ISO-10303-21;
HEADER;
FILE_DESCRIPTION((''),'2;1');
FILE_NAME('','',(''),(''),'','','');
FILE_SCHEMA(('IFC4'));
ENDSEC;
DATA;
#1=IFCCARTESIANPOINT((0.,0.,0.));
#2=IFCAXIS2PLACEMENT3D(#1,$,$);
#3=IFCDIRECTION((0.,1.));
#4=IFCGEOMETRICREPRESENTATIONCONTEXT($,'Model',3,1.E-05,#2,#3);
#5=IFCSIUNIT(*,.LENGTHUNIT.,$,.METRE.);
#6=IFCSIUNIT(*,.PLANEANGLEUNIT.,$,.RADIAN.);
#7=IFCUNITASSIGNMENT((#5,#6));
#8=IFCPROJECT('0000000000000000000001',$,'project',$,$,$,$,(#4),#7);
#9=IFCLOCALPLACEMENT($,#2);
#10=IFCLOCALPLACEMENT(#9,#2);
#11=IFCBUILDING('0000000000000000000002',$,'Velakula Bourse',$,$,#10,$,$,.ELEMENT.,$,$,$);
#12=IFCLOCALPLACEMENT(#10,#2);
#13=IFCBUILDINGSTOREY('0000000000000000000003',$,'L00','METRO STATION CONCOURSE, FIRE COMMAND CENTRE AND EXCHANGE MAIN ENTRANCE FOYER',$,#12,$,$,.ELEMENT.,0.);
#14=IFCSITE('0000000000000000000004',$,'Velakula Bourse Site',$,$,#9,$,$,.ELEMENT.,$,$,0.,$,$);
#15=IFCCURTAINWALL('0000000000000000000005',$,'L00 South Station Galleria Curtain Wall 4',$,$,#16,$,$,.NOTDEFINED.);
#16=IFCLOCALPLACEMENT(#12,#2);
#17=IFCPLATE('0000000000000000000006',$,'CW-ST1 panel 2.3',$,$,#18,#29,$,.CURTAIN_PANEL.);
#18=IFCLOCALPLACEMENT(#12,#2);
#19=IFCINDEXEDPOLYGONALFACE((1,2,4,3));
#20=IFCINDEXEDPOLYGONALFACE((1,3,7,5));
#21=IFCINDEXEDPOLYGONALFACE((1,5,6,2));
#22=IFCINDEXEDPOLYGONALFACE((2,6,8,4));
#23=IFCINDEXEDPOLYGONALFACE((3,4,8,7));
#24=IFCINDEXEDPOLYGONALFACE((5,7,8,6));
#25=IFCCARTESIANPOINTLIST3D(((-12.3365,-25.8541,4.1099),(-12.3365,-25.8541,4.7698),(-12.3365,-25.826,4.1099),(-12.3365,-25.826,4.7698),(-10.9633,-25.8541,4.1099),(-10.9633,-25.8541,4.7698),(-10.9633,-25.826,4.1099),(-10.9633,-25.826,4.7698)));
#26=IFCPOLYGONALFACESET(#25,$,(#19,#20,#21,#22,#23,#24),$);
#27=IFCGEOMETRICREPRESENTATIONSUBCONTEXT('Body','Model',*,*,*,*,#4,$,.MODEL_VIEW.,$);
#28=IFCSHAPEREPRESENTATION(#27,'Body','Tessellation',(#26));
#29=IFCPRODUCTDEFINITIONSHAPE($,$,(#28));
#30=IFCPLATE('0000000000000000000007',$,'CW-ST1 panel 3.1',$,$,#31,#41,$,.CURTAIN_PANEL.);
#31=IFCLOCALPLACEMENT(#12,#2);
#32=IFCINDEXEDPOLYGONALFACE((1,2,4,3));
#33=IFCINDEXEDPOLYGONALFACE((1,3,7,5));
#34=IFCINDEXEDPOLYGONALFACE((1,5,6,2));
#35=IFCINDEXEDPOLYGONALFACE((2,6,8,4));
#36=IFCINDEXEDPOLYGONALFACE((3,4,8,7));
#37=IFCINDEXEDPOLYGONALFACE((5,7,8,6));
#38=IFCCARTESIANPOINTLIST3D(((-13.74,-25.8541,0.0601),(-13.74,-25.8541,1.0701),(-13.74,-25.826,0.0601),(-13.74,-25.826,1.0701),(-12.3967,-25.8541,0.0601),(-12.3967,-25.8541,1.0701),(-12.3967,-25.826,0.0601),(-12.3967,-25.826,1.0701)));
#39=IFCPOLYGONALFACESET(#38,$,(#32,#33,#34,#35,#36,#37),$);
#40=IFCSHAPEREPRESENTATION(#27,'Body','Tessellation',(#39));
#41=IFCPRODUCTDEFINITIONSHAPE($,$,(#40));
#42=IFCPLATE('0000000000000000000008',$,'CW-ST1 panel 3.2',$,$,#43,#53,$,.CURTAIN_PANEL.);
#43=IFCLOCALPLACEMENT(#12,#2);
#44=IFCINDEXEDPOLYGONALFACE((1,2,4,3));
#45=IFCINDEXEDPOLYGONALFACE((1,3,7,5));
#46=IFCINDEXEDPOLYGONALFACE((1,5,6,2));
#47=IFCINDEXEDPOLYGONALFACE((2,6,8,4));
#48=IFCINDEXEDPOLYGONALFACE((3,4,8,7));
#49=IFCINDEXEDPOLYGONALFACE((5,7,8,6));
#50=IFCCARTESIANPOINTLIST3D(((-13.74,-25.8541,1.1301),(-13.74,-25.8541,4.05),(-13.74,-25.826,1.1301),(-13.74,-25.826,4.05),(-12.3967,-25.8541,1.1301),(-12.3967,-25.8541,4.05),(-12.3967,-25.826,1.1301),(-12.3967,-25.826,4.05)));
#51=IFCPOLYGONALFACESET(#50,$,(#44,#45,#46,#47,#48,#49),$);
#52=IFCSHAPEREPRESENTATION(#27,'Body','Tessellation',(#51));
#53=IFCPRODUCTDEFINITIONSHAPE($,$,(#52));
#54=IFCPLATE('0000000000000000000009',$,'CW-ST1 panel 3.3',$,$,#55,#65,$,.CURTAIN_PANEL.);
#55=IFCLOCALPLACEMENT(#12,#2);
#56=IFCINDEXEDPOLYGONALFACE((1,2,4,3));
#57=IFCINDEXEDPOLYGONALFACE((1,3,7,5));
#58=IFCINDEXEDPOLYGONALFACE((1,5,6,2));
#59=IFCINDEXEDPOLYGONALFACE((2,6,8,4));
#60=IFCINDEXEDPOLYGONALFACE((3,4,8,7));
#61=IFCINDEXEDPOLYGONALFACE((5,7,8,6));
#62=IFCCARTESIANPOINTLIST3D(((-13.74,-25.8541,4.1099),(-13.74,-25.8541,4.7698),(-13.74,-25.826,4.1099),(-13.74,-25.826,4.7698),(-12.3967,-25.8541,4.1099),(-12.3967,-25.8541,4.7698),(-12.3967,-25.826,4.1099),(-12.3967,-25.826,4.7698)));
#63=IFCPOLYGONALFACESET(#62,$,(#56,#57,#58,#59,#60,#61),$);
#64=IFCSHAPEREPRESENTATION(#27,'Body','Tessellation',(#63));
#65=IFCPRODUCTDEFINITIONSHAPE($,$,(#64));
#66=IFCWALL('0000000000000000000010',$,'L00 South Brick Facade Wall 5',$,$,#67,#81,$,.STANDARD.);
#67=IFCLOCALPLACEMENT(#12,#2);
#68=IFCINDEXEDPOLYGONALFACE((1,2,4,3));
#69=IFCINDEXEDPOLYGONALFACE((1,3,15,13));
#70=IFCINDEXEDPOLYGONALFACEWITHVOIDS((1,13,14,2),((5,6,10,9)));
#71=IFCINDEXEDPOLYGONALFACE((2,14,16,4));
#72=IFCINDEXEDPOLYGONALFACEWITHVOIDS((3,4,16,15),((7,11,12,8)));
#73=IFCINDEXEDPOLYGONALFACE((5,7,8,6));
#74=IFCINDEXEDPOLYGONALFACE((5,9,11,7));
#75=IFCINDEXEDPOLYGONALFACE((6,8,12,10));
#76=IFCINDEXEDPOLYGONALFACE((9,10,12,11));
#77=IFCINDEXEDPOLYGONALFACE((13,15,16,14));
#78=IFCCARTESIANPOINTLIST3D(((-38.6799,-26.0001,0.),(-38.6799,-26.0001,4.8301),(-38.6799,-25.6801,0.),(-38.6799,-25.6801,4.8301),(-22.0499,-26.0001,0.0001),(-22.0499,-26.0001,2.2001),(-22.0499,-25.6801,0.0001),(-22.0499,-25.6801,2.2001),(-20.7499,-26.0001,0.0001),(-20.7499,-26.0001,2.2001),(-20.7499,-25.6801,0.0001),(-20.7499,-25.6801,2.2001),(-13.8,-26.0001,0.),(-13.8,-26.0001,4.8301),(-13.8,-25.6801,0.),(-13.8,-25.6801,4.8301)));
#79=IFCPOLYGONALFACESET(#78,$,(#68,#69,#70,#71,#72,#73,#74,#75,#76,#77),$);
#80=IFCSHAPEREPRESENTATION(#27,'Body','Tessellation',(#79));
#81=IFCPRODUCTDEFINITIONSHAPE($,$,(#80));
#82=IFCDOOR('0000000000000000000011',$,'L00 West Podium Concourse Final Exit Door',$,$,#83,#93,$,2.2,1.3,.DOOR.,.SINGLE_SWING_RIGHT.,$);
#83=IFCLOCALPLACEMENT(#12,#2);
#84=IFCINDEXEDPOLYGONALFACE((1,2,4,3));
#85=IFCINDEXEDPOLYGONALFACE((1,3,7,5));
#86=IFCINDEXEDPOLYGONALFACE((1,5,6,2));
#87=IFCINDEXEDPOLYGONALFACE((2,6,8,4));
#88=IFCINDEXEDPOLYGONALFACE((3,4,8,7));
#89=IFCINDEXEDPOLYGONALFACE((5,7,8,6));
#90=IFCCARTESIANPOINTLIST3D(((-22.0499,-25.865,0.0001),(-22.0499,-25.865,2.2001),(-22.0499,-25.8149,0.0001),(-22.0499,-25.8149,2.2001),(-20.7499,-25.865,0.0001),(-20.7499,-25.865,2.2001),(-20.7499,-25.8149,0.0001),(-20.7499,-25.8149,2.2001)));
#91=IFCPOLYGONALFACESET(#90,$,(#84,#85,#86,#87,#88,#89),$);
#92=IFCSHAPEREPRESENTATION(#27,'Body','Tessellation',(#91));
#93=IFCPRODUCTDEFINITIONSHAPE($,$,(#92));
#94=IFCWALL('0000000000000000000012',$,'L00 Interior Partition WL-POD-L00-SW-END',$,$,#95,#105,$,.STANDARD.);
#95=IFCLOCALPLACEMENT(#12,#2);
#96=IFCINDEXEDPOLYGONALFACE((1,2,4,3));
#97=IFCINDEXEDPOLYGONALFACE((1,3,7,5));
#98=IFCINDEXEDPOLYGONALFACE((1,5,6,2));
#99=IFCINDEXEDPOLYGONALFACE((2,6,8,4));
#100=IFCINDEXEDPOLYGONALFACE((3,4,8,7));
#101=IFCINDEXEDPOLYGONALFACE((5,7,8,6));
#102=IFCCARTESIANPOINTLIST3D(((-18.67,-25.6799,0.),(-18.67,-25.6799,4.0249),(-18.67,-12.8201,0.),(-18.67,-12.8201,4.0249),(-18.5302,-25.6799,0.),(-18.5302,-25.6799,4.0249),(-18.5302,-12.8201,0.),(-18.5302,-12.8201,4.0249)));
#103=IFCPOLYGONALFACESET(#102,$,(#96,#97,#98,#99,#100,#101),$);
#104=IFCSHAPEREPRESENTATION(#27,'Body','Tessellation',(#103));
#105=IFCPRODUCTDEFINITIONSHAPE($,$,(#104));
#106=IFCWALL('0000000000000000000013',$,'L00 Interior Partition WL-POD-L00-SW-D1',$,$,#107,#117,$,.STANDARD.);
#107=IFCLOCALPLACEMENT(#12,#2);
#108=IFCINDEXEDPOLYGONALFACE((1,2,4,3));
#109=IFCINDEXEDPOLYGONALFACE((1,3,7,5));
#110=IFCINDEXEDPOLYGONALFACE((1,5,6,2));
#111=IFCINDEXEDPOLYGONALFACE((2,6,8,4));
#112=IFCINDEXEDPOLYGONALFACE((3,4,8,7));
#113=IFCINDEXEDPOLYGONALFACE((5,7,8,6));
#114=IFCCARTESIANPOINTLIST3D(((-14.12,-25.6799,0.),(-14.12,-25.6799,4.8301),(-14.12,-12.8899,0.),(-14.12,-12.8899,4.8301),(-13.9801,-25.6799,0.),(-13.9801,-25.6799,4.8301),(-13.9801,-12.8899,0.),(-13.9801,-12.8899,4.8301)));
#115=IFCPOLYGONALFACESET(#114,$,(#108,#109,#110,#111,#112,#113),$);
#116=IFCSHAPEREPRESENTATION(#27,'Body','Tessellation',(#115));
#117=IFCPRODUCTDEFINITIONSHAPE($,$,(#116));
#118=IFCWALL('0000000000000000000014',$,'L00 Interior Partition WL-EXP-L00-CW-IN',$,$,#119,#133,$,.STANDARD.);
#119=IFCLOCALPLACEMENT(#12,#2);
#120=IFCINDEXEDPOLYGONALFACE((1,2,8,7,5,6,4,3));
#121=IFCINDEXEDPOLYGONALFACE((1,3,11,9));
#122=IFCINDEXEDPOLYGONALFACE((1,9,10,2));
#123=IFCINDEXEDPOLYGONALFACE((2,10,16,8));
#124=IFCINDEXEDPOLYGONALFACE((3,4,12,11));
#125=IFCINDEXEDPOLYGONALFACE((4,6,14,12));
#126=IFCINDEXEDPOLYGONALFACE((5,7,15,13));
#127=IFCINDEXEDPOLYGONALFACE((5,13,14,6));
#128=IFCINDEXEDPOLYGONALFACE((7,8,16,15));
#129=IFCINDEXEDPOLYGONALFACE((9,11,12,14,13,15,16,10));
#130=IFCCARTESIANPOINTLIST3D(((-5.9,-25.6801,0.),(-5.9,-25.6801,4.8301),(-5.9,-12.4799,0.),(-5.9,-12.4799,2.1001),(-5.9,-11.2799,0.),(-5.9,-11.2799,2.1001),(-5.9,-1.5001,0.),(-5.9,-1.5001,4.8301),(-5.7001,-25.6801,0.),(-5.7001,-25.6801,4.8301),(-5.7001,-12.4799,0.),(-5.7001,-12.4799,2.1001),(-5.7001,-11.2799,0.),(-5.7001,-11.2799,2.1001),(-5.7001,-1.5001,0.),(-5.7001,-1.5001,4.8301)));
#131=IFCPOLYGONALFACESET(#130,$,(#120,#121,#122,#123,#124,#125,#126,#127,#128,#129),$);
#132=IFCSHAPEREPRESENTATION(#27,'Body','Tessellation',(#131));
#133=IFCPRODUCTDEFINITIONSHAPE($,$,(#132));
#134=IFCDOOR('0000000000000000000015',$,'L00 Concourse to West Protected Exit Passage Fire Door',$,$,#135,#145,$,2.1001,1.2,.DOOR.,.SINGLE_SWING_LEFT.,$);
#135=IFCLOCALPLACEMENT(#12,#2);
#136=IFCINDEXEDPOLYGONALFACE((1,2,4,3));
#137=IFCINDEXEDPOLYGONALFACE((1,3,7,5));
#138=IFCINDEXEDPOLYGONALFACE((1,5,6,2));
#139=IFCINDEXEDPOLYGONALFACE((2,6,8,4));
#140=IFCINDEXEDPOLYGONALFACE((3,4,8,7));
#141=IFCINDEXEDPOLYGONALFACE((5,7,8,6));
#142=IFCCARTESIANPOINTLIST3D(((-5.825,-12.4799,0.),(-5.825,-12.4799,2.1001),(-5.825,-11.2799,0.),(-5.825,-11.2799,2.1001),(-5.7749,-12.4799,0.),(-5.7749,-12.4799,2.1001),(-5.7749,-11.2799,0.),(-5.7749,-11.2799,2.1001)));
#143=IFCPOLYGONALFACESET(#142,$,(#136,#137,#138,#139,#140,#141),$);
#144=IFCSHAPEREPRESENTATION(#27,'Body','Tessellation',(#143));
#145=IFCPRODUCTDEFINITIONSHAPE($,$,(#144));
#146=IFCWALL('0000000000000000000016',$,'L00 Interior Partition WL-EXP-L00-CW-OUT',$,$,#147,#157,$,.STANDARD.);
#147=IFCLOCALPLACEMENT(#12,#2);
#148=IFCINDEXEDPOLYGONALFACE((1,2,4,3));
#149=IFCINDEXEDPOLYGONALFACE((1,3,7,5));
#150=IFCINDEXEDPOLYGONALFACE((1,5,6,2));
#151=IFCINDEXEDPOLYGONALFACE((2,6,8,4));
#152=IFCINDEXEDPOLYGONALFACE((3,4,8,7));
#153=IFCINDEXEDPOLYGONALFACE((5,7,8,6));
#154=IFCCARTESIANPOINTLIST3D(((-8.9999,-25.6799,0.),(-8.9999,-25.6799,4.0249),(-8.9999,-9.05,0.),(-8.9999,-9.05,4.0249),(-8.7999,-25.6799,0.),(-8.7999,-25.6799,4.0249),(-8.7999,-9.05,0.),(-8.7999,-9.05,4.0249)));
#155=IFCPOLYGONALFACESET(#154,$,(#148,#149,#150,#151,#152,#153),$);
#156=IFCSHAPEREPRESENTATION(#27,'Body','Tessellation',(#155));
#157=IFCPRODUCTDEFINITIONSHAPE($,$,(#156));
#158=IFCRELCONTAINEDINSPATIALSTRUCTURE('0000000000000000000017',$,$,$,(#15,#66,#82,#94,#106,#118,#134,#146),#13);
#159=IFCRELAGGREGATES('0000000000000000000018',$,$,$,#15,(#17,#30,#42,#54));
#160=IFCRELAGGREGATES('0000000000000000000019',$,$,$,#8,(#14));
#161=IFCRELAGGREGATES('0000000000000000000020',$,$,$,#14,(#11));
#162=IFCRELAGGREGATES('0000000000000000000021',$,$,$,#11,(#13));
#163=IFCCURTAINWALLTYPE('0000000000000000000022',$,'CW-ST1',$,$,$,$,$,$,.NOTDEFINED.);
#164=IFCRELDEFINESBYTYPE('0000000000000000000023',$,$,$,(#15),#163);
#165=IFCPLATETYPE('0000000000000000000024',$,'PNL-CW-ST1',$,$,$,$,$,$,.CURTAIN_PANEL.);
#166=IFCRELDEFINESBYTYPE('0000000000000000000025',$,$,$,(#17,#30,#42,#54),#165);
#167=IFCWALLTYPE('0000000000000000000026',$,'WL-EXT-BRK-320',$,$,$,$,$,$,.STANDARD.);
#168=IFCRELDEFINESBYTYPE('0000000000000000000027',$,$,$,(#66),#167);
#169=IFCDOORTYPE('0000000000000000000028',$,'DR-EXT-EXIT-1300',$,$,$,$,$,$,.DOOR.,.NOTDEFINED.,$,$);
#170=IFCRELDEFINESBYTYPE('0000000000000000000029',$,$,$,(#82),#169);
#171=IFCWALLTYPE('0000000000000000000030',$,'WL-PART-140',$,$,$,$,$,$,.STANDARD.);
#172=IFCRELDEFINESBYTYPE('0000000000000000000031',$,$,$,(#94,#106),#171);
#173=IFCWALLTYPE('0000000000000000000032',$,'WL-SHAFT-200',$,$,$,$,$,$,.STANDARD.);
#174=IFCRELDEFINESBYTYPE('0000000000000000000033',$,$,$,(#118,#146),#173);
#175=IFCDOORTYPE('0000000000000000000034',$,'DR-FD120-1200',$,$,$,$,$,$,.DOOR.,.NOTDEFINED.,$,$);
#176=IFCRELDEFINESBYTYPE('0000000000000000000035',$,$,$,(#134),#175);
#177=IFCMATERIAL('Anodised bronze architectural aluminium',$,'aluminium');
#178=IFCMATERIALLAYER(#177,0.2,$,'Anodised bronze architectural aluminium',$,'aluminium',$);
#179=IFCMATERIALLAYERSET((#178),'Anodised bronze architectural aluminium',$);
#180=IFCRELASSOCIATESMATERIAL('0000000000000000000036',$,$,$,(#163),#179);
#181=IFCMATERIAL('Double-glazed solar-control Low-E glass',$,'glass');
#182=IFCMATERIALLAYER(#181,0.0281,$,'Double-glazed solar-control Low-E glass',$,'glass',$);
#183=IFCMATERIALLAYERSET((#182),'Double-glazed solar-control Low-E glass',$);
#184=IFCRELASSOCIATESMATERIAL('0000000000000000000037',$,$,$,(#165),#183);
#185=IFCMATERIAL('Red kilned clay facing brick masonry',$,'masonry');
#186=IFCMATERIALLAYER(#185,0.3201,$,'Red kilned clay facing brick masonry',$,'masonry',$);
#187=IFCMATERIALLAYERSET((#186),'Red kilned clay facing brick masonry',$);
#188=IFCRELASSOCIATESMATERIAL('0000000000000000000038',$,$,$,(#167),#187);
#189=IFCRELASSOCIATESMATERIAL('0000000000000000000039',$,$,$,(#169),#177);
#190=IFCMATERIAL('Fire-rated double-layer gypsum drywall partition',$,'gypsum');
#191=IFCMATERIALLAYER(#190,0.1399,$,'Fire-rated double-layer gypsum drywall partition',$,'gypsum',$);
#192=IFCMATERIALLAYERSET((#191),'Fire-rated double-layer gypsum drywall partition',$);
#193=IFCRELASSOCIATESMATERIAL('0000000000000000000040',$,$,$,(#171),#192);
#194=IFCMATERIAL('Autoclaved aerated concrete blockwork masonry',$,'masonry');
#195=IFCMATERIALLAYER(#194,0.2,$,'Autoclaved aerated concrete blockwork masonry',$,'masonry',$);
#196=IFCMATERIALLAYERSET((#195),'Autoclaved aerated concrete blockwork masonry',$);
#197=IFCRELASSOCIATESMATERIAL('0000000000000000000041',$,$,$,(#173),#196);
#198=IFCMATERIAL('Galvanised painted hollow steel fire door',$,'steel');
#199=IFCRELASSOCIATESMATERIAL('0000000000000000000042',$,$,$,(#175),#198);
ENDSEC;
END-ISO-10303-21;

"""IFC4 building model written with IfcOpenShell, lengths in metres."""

from ifc_helpers import new_model, si_unit, direction, frame, frame_2d, origin, origin_2d, place, context, subcontext, project, spatial, rectangle, extrude, material, layer, layer_set, type_object, element, fill, aggregate, save


model = new_model("IFC4")

# Units and contexts
model_context = context("Model", 3, precision=1e-05, world=origin(), true_north=direction((0.0, 1.0)))
body_context = subcontext(model_context, "Body", "Model", "MODEL_VIEW")
ifc_project = project(units=[si_unit("LENGTHUNIT", "METRE"), si_unit("PLANEANGLEUNIT", "RADIAN")], contexts=[model_context])

# Site, building, storey
site_placement = place(None, origin())
site = spatial("IfcSite", under=ifc_project, at=site_placement, Name="Velakula Bourse Site", CompositionType="ELEMENT", RefElevation=0.0)
building_placement = place(site_placement, origin())
building = spatial("IfcBuilding", under=site, at=building_placement, Name="Velakula Bourse", CompositionType="ELEMENT")
storey_placement = place(building_placement, origin())
storey = spatial("IfcBuildingStorey", under=building, at=storey_placement, Name="L00", Description="METRO STATION CONCOURSE, FIRE COMMAND CENTRE AND EXCHANGE MAIN ENTRANCE FOYER", CompositionType="ELEMENT", Elevation=0.0)

# Curtain wall, plates
ifc_material_1 = material(Name="Anodised bronze architectural aluminium", Category="aluminium")
ifc_layer_1 = layer(ifc_material_1, 0.2, Name="Anodised bronze architectural aluminium", Category="aluminium")
ifc_layer_set_1 = layer_set([ifc_layer_1], Name="Anodised bronze architectural aluminium")
curtain_wall_type = type_object("IfcCurtainWallType", Name="CW-ST1", PredefinedType="NOTDEFINED", material=ifc_layer_set_1)
curtain_wall_placement = place(storey_placement, origin())
curtain_wall = element("IfcCurtainWall", 1, at=curtain_wall_placement, inside=storey, type_object=curtain_wall_type, Name="L00 South Station Galleria Curtain Wall 4", PredefinedType="NOTDEFINED")
ifc_material_2 = material(Name="Double-glazed solar-control Low-E glass", Category="glass")
ifc_layer_2 = layer(ifc_material_2, 0.0281, Name="Double-glazed solar-control Low-E glass", Category="glass")
ifc_layer_set_2 = layer_set([ifc_layer_2], Name="Double-glazed solar-control Low-E glass")
plate_type = type_object("IfcPlateType", Name="PNL-CW-ST1", PredefinedType="CURTAIN_PANEL", material=ifc_layer_set_2)
plate_1_placement = place(storey_placement, frame((-11.6499, -25.8401, 4.1099), z_axis=(0.0, 0.0, 1.0), x_axis=(-1.0, 0.0, 0.0)))
plate_1 = element("IfcPlate", 2, at=plate_1_placement, type_object=plate_type, Name="CW-ST1 panel 2.3", PredefinedType="CURTAIN_PANEL", context=body_context, shape_type="SweptSolid", body=[
    extrude(rectangle(XDim=1.3733, YDim=0.0281, at=origin_2d()), origin(), (0.0, 0.0, 1.0), 0.6599),
])
plate_2_placement = place(storey_placement, frame((-13.0684, -25.8401, 0.0601), z_axis=(0.0, 0.0, 1.0), x_axis=(-1.0, 0.0, 0.0)))
plate_2 = element("IfcPlate", 3, at=plate_2_placement, type_object=plate_type, Name="CW-ST1 panel 3.1", PredefinedType="CURTAIN_PANEL", context=body_context, shape_type="SweptSolid", body=[
    extrude(rectangle(XDim=1.3433, YDim=0.0281, at=origin_2d()), origin(), (0.0, 0.0, 1.0), 1.01),
])
plate_3_placement = place(storey_placement, frame((-13.0684, -25.8401, 1.1301), z_axis=(0.0, 0.0, 1.0), x_axis=(-1.0, 0.0, 0.0)))
plate_3 = element("IfcPlate", 4, at=plate_3_placement, type_object=plate_type, Name="CW-ST1 panel 3.2", PredefinedType="CURTAIN_PANEL", context=body_context, shape_type="SweptSolid", body=[
    extrude(rectangle(XDim=1.3433, YDim=0.0281, at=origin_2d()), origin(), (0.0, 0.0, 1.0), 2.9199),
])
plate_4_placement = place(storey_placement, frame((-13.0684, -25.8401, 4.1099), z_axis=(0.0, 0.0, 1.0), x_axis=(-1.0, 0.0, 0.0)))
plate_4 = element("IfcPlate", 5, at=plate_4_placement, type_object=plate_type, Name="CW-ST1 panel 3.3", PredefinedType="CURTAIN_PANEL", context=body_context, shape_type="SweptSolid", body=[
    extrude(rectangle(XDim=1.3433, YDim=0.0281, at=origin_2d()), origin(), (0.0, 0.0, 1.0), 0.6599),
])
aggregate(curtain_wall, [plate_1, plate_2, plate_3, plate_4])

# Wall, opening, door
ifc_material_3 = material(Name="Red kilned clay facing brick masonry", Category="masonry")
ifc_layer_3 = layer(ifc_material_3, 0.3201, Name="Red kilned clay facing brick masonry", Category="masonry")
ifc_layer_set_3 = layer_set([ifc_layer_3], Name="Red kilned clay facing brick masonry")
wall_type_1 = type_object("IfcWallType", Name="WL-EXT-BRK-320", PredefinedType="STANDARD", material=ifc_layer_set_3)
wall_1_placement = place(storey_placement, frame((-13.8, -25.8401, 0.0), z_axis=(0.0, 0.0, 1.0), x_axis=(-1.0, 0.0, 0.0)))
wall_1 = element("IfcWall", 6, at=wall_1_placement, inside=storey, type_object=wall_type_1, Name="L00 South Brick Facade Wall 5", PredefinedType="STANDARD", context=body_context, shape_type="SweptSolid", body=[
    extrude(rectangle(XDim=24.8799, YDim=0.3201, at=frame_2d((12.4399, 0.0))), origin(), (0.0, 0.0, 1.0), 4.8301),
])
opening_1_placement = place(wall_1_placement, frame((6.95, 0.0, 0.0)))
opening_1 = element("IfcOpeningElement", 7, at=opening_1_placement, cuts=wall_1, PredefinedType="OPENING", context=body_context, shape_type="SweptSolid", body=[
    extrude(rectangle(XDim=1.3, YDim=2.2, at=frame_2d((0.6499, 1.1001))), frame((0.0, 0.1699, 0.0), z_axis=(0.0, -1.0, 0.0), x_axis=(1.0, 0.0, 0.0)), (0.0, 0.0, 1.0), 0.3401),
])
door_type_1 = type_object("IfcDoorType", Name="DR-EXT-EXIT-1300", OperationType="NOTDEFINED", PredefinedType="DOOR", material=ifc_material_1)
door_1_placement = place(opening_1_placement, origin())
door_1 = element("IfcDoor", 8, at=door_1_placement, inside=storey, type_object=door_type_1, Name="L00 West Podium Concourse Final Exit Door", OperationType="SINGLE_SWING_RIGHT", OverallHeight=2.2, OverallWidth=1.3, PredefinedType="DOOR", context=body_context, shape_type="SweptSolid", body=[
    extrude(rectangle(XDim=1.3, YDim=2.2, at=frame_2d((0.6499, 1.1001))), frame((0.0, 0.0249, 0.0), z_axis=(0.0, -1.0, 0.0), x_axis=(1.0, 0.0, 0.0)), (0.0, 0.0, 1.0), 0.05),
])
fill(opening_1, door_1)

# Walls
ifc_material_4 = material(Name="Fire-rated double-layer gypsum drywall partition", Category="gypsum")
ifc_layer_4 = layer(ifc_material_4, 0.1399, Name="Fire-rated double-layer gypsum drywall partition", Category="gypsum")
ifc_layer_set_4 = layer_set([ifc_layer_4], Name="Fire-rated double-layer gypsum drywall partition")
wall_type_2 = type_object("IfcWallType", Name="WL-PART-140", PredefinedType="STANDARD", material=ifc_layer_set_4)
wall_2_placement = place(storey_placement, frame((-18.6001, -25.6799, 0.0), z_axis=(0.0, 0.0, 1.0), x_axis=(0.0, 1.0, 0.0)))
element("IfcWall", 9, at=wall_2_placement, inside=storey, type_object=wall_type_2, Name="L00 Interior Partition WL-POD-L00-SW-END", PredefinedType="STANDARD", context=body_context, shape_type="SweptSolid", body=[
    extrude(rectangle(XDim=12.8599, YDim=0.1399, at=frame_2d((6.4299, 0.0))), origin(), (0.0, 0.0, 1.0), 4.0249),
])
wall_3_placement = place(storey_placement, frame((-14.05, -25.6799, 0.0), z_axis=(0.0, 0.0, 1.0), x_axis=(0.0, 1.0, 0.0)))
element("IfcWall", 10, at=wall_3_placement, inside=storey, type_object=wall_type_2, Name="L00 Interior Partition WL-POD-L00-SW-D1", PredefinedType="STANDARD", context=body_context, shape_type="SweptSolid", body=[
    extrude(rectangle(XDim=12.79, YDim=0.1399, at=frame_2d((6.395, 0.0))), origin(), (0.0, 0.0, 1.0), 4.8301),
])

# Wall, opening, door
ifc_material_5 = material(Name="Autoclaved aerated concrete blockwork masonry", Category="masonry")
ifc_layer_5 = layer(ifc_material_5, 0.2, Name="Autoclaved aerated concrete blockwork masonry", Category="masonry")
ifc_layer_set_5 = layer_set([ifc_layer_5], Name="Autoclaved aerated concrete blockwork masonry")
wall_type_3 = type_object("IfcWallType", Name="WL-SHAFT-200", PredefinedType="STANDARD", material=ifc_layer_set_5)
wall_4_placement = place(storey_placement, frame((-5.8, -25.6799, 0.0), z_axis=(0.0, 0.0, 1.0), x_axis=(0.0, 1.0, 0.0)))
wall_4 = element("IfcWall", 11, at=wall_4_placement, inside=storey, type_object=wall_type_3, Name="L00 Interior Partition WL-EXP-L00-CW-IN", PredefinedType="STANDARD", context=body_context, shape_type="SweptSolid", body=[
    extrude(rectangle(XDim=24.1799, YDim=0.2, at=frame_2d((12.0898, 0.0))), origin(), (0.0, 0.0, 1.0), 4.8301),
])
opening_2_placement = place(wall_4_placement, frame((13.2, 0.0, 0.0)))
opening_2 = element("IfcOpeningElement", 12, at=opening_2_placement, cuts=wall_4, PredefinedType="OPENING", context=body_context, shape_type="SweptSolid", body=[
    extrude(rectangle(XDim=1.2, YDim=2.1001, at=frame_2d((0.6001, 1.05))), frame((0.0, 0.1099, 0.0), z_axis=(0.0, -1.0, 0.0), x_axis=(1.0, 0.0, 0.0)), (0.0, 0.0, 1.0), 0.22),
])
ifc_material_6 = material(Name="Galvanised painted hollow steel fire door", Category="steel")
door_type_2 = type_object("IfcDoorType", Name="DR-FD120-1200", OperationType="NOTDEFINED", PredefinedType="DOOR", material=ifc_material_6)
door_2_placement = place(opening_2_placement, origin())
door_2 = element("IfcDoor", 13, at=door_2_placement, inside=storey, type_object=door_type_2, Name="L00 Concourse to West Protected Exit Passage Fire Door", OperationType="SINGLE_SWING_LEFT", OverallHeight=2.1001, OverallWidth=1.2, PredefinedType="DOOR", context=body_context, shape_type="SweptSolid", body=[
    extrude(rectangle(XDim=1.2, YDim=2.1001, at=frame_2d((0.6001, 1.05))), frame((0.0, 0.0249, 0.0), z_axis=(0.0, -1.0, 0.0), x_axis=(1.0, 0.0, 0.0)), (0.0, 0.0, 1.0), 0.05),
])
fill(opening_2, door_2)

# Wall
wall_5_placement = place(storey_placement, frame((-8.8999, -25.6799, 0.0), z_axis=(0.0, 0.0, 1.0), x_axis=(0.0, 1.0, 0.0)))
element("IfcWall", 14, at=wall_5_placement, inside=storey, type_object=wall_type_3, Name="L00 Interior Partition WL-EXP-L00-CW-OUT", PredefinedType="STANDARD", context=body_context, shape_type="SweptSolid", body=[
    extrude(rectangle(XDim=16.6299, YDim=0.2, at=frame_2d((8.3149, 0.0))), origin(), (0.0, 0.0, 1.0), 4.0249),
])

save(model, "model.ifc")
